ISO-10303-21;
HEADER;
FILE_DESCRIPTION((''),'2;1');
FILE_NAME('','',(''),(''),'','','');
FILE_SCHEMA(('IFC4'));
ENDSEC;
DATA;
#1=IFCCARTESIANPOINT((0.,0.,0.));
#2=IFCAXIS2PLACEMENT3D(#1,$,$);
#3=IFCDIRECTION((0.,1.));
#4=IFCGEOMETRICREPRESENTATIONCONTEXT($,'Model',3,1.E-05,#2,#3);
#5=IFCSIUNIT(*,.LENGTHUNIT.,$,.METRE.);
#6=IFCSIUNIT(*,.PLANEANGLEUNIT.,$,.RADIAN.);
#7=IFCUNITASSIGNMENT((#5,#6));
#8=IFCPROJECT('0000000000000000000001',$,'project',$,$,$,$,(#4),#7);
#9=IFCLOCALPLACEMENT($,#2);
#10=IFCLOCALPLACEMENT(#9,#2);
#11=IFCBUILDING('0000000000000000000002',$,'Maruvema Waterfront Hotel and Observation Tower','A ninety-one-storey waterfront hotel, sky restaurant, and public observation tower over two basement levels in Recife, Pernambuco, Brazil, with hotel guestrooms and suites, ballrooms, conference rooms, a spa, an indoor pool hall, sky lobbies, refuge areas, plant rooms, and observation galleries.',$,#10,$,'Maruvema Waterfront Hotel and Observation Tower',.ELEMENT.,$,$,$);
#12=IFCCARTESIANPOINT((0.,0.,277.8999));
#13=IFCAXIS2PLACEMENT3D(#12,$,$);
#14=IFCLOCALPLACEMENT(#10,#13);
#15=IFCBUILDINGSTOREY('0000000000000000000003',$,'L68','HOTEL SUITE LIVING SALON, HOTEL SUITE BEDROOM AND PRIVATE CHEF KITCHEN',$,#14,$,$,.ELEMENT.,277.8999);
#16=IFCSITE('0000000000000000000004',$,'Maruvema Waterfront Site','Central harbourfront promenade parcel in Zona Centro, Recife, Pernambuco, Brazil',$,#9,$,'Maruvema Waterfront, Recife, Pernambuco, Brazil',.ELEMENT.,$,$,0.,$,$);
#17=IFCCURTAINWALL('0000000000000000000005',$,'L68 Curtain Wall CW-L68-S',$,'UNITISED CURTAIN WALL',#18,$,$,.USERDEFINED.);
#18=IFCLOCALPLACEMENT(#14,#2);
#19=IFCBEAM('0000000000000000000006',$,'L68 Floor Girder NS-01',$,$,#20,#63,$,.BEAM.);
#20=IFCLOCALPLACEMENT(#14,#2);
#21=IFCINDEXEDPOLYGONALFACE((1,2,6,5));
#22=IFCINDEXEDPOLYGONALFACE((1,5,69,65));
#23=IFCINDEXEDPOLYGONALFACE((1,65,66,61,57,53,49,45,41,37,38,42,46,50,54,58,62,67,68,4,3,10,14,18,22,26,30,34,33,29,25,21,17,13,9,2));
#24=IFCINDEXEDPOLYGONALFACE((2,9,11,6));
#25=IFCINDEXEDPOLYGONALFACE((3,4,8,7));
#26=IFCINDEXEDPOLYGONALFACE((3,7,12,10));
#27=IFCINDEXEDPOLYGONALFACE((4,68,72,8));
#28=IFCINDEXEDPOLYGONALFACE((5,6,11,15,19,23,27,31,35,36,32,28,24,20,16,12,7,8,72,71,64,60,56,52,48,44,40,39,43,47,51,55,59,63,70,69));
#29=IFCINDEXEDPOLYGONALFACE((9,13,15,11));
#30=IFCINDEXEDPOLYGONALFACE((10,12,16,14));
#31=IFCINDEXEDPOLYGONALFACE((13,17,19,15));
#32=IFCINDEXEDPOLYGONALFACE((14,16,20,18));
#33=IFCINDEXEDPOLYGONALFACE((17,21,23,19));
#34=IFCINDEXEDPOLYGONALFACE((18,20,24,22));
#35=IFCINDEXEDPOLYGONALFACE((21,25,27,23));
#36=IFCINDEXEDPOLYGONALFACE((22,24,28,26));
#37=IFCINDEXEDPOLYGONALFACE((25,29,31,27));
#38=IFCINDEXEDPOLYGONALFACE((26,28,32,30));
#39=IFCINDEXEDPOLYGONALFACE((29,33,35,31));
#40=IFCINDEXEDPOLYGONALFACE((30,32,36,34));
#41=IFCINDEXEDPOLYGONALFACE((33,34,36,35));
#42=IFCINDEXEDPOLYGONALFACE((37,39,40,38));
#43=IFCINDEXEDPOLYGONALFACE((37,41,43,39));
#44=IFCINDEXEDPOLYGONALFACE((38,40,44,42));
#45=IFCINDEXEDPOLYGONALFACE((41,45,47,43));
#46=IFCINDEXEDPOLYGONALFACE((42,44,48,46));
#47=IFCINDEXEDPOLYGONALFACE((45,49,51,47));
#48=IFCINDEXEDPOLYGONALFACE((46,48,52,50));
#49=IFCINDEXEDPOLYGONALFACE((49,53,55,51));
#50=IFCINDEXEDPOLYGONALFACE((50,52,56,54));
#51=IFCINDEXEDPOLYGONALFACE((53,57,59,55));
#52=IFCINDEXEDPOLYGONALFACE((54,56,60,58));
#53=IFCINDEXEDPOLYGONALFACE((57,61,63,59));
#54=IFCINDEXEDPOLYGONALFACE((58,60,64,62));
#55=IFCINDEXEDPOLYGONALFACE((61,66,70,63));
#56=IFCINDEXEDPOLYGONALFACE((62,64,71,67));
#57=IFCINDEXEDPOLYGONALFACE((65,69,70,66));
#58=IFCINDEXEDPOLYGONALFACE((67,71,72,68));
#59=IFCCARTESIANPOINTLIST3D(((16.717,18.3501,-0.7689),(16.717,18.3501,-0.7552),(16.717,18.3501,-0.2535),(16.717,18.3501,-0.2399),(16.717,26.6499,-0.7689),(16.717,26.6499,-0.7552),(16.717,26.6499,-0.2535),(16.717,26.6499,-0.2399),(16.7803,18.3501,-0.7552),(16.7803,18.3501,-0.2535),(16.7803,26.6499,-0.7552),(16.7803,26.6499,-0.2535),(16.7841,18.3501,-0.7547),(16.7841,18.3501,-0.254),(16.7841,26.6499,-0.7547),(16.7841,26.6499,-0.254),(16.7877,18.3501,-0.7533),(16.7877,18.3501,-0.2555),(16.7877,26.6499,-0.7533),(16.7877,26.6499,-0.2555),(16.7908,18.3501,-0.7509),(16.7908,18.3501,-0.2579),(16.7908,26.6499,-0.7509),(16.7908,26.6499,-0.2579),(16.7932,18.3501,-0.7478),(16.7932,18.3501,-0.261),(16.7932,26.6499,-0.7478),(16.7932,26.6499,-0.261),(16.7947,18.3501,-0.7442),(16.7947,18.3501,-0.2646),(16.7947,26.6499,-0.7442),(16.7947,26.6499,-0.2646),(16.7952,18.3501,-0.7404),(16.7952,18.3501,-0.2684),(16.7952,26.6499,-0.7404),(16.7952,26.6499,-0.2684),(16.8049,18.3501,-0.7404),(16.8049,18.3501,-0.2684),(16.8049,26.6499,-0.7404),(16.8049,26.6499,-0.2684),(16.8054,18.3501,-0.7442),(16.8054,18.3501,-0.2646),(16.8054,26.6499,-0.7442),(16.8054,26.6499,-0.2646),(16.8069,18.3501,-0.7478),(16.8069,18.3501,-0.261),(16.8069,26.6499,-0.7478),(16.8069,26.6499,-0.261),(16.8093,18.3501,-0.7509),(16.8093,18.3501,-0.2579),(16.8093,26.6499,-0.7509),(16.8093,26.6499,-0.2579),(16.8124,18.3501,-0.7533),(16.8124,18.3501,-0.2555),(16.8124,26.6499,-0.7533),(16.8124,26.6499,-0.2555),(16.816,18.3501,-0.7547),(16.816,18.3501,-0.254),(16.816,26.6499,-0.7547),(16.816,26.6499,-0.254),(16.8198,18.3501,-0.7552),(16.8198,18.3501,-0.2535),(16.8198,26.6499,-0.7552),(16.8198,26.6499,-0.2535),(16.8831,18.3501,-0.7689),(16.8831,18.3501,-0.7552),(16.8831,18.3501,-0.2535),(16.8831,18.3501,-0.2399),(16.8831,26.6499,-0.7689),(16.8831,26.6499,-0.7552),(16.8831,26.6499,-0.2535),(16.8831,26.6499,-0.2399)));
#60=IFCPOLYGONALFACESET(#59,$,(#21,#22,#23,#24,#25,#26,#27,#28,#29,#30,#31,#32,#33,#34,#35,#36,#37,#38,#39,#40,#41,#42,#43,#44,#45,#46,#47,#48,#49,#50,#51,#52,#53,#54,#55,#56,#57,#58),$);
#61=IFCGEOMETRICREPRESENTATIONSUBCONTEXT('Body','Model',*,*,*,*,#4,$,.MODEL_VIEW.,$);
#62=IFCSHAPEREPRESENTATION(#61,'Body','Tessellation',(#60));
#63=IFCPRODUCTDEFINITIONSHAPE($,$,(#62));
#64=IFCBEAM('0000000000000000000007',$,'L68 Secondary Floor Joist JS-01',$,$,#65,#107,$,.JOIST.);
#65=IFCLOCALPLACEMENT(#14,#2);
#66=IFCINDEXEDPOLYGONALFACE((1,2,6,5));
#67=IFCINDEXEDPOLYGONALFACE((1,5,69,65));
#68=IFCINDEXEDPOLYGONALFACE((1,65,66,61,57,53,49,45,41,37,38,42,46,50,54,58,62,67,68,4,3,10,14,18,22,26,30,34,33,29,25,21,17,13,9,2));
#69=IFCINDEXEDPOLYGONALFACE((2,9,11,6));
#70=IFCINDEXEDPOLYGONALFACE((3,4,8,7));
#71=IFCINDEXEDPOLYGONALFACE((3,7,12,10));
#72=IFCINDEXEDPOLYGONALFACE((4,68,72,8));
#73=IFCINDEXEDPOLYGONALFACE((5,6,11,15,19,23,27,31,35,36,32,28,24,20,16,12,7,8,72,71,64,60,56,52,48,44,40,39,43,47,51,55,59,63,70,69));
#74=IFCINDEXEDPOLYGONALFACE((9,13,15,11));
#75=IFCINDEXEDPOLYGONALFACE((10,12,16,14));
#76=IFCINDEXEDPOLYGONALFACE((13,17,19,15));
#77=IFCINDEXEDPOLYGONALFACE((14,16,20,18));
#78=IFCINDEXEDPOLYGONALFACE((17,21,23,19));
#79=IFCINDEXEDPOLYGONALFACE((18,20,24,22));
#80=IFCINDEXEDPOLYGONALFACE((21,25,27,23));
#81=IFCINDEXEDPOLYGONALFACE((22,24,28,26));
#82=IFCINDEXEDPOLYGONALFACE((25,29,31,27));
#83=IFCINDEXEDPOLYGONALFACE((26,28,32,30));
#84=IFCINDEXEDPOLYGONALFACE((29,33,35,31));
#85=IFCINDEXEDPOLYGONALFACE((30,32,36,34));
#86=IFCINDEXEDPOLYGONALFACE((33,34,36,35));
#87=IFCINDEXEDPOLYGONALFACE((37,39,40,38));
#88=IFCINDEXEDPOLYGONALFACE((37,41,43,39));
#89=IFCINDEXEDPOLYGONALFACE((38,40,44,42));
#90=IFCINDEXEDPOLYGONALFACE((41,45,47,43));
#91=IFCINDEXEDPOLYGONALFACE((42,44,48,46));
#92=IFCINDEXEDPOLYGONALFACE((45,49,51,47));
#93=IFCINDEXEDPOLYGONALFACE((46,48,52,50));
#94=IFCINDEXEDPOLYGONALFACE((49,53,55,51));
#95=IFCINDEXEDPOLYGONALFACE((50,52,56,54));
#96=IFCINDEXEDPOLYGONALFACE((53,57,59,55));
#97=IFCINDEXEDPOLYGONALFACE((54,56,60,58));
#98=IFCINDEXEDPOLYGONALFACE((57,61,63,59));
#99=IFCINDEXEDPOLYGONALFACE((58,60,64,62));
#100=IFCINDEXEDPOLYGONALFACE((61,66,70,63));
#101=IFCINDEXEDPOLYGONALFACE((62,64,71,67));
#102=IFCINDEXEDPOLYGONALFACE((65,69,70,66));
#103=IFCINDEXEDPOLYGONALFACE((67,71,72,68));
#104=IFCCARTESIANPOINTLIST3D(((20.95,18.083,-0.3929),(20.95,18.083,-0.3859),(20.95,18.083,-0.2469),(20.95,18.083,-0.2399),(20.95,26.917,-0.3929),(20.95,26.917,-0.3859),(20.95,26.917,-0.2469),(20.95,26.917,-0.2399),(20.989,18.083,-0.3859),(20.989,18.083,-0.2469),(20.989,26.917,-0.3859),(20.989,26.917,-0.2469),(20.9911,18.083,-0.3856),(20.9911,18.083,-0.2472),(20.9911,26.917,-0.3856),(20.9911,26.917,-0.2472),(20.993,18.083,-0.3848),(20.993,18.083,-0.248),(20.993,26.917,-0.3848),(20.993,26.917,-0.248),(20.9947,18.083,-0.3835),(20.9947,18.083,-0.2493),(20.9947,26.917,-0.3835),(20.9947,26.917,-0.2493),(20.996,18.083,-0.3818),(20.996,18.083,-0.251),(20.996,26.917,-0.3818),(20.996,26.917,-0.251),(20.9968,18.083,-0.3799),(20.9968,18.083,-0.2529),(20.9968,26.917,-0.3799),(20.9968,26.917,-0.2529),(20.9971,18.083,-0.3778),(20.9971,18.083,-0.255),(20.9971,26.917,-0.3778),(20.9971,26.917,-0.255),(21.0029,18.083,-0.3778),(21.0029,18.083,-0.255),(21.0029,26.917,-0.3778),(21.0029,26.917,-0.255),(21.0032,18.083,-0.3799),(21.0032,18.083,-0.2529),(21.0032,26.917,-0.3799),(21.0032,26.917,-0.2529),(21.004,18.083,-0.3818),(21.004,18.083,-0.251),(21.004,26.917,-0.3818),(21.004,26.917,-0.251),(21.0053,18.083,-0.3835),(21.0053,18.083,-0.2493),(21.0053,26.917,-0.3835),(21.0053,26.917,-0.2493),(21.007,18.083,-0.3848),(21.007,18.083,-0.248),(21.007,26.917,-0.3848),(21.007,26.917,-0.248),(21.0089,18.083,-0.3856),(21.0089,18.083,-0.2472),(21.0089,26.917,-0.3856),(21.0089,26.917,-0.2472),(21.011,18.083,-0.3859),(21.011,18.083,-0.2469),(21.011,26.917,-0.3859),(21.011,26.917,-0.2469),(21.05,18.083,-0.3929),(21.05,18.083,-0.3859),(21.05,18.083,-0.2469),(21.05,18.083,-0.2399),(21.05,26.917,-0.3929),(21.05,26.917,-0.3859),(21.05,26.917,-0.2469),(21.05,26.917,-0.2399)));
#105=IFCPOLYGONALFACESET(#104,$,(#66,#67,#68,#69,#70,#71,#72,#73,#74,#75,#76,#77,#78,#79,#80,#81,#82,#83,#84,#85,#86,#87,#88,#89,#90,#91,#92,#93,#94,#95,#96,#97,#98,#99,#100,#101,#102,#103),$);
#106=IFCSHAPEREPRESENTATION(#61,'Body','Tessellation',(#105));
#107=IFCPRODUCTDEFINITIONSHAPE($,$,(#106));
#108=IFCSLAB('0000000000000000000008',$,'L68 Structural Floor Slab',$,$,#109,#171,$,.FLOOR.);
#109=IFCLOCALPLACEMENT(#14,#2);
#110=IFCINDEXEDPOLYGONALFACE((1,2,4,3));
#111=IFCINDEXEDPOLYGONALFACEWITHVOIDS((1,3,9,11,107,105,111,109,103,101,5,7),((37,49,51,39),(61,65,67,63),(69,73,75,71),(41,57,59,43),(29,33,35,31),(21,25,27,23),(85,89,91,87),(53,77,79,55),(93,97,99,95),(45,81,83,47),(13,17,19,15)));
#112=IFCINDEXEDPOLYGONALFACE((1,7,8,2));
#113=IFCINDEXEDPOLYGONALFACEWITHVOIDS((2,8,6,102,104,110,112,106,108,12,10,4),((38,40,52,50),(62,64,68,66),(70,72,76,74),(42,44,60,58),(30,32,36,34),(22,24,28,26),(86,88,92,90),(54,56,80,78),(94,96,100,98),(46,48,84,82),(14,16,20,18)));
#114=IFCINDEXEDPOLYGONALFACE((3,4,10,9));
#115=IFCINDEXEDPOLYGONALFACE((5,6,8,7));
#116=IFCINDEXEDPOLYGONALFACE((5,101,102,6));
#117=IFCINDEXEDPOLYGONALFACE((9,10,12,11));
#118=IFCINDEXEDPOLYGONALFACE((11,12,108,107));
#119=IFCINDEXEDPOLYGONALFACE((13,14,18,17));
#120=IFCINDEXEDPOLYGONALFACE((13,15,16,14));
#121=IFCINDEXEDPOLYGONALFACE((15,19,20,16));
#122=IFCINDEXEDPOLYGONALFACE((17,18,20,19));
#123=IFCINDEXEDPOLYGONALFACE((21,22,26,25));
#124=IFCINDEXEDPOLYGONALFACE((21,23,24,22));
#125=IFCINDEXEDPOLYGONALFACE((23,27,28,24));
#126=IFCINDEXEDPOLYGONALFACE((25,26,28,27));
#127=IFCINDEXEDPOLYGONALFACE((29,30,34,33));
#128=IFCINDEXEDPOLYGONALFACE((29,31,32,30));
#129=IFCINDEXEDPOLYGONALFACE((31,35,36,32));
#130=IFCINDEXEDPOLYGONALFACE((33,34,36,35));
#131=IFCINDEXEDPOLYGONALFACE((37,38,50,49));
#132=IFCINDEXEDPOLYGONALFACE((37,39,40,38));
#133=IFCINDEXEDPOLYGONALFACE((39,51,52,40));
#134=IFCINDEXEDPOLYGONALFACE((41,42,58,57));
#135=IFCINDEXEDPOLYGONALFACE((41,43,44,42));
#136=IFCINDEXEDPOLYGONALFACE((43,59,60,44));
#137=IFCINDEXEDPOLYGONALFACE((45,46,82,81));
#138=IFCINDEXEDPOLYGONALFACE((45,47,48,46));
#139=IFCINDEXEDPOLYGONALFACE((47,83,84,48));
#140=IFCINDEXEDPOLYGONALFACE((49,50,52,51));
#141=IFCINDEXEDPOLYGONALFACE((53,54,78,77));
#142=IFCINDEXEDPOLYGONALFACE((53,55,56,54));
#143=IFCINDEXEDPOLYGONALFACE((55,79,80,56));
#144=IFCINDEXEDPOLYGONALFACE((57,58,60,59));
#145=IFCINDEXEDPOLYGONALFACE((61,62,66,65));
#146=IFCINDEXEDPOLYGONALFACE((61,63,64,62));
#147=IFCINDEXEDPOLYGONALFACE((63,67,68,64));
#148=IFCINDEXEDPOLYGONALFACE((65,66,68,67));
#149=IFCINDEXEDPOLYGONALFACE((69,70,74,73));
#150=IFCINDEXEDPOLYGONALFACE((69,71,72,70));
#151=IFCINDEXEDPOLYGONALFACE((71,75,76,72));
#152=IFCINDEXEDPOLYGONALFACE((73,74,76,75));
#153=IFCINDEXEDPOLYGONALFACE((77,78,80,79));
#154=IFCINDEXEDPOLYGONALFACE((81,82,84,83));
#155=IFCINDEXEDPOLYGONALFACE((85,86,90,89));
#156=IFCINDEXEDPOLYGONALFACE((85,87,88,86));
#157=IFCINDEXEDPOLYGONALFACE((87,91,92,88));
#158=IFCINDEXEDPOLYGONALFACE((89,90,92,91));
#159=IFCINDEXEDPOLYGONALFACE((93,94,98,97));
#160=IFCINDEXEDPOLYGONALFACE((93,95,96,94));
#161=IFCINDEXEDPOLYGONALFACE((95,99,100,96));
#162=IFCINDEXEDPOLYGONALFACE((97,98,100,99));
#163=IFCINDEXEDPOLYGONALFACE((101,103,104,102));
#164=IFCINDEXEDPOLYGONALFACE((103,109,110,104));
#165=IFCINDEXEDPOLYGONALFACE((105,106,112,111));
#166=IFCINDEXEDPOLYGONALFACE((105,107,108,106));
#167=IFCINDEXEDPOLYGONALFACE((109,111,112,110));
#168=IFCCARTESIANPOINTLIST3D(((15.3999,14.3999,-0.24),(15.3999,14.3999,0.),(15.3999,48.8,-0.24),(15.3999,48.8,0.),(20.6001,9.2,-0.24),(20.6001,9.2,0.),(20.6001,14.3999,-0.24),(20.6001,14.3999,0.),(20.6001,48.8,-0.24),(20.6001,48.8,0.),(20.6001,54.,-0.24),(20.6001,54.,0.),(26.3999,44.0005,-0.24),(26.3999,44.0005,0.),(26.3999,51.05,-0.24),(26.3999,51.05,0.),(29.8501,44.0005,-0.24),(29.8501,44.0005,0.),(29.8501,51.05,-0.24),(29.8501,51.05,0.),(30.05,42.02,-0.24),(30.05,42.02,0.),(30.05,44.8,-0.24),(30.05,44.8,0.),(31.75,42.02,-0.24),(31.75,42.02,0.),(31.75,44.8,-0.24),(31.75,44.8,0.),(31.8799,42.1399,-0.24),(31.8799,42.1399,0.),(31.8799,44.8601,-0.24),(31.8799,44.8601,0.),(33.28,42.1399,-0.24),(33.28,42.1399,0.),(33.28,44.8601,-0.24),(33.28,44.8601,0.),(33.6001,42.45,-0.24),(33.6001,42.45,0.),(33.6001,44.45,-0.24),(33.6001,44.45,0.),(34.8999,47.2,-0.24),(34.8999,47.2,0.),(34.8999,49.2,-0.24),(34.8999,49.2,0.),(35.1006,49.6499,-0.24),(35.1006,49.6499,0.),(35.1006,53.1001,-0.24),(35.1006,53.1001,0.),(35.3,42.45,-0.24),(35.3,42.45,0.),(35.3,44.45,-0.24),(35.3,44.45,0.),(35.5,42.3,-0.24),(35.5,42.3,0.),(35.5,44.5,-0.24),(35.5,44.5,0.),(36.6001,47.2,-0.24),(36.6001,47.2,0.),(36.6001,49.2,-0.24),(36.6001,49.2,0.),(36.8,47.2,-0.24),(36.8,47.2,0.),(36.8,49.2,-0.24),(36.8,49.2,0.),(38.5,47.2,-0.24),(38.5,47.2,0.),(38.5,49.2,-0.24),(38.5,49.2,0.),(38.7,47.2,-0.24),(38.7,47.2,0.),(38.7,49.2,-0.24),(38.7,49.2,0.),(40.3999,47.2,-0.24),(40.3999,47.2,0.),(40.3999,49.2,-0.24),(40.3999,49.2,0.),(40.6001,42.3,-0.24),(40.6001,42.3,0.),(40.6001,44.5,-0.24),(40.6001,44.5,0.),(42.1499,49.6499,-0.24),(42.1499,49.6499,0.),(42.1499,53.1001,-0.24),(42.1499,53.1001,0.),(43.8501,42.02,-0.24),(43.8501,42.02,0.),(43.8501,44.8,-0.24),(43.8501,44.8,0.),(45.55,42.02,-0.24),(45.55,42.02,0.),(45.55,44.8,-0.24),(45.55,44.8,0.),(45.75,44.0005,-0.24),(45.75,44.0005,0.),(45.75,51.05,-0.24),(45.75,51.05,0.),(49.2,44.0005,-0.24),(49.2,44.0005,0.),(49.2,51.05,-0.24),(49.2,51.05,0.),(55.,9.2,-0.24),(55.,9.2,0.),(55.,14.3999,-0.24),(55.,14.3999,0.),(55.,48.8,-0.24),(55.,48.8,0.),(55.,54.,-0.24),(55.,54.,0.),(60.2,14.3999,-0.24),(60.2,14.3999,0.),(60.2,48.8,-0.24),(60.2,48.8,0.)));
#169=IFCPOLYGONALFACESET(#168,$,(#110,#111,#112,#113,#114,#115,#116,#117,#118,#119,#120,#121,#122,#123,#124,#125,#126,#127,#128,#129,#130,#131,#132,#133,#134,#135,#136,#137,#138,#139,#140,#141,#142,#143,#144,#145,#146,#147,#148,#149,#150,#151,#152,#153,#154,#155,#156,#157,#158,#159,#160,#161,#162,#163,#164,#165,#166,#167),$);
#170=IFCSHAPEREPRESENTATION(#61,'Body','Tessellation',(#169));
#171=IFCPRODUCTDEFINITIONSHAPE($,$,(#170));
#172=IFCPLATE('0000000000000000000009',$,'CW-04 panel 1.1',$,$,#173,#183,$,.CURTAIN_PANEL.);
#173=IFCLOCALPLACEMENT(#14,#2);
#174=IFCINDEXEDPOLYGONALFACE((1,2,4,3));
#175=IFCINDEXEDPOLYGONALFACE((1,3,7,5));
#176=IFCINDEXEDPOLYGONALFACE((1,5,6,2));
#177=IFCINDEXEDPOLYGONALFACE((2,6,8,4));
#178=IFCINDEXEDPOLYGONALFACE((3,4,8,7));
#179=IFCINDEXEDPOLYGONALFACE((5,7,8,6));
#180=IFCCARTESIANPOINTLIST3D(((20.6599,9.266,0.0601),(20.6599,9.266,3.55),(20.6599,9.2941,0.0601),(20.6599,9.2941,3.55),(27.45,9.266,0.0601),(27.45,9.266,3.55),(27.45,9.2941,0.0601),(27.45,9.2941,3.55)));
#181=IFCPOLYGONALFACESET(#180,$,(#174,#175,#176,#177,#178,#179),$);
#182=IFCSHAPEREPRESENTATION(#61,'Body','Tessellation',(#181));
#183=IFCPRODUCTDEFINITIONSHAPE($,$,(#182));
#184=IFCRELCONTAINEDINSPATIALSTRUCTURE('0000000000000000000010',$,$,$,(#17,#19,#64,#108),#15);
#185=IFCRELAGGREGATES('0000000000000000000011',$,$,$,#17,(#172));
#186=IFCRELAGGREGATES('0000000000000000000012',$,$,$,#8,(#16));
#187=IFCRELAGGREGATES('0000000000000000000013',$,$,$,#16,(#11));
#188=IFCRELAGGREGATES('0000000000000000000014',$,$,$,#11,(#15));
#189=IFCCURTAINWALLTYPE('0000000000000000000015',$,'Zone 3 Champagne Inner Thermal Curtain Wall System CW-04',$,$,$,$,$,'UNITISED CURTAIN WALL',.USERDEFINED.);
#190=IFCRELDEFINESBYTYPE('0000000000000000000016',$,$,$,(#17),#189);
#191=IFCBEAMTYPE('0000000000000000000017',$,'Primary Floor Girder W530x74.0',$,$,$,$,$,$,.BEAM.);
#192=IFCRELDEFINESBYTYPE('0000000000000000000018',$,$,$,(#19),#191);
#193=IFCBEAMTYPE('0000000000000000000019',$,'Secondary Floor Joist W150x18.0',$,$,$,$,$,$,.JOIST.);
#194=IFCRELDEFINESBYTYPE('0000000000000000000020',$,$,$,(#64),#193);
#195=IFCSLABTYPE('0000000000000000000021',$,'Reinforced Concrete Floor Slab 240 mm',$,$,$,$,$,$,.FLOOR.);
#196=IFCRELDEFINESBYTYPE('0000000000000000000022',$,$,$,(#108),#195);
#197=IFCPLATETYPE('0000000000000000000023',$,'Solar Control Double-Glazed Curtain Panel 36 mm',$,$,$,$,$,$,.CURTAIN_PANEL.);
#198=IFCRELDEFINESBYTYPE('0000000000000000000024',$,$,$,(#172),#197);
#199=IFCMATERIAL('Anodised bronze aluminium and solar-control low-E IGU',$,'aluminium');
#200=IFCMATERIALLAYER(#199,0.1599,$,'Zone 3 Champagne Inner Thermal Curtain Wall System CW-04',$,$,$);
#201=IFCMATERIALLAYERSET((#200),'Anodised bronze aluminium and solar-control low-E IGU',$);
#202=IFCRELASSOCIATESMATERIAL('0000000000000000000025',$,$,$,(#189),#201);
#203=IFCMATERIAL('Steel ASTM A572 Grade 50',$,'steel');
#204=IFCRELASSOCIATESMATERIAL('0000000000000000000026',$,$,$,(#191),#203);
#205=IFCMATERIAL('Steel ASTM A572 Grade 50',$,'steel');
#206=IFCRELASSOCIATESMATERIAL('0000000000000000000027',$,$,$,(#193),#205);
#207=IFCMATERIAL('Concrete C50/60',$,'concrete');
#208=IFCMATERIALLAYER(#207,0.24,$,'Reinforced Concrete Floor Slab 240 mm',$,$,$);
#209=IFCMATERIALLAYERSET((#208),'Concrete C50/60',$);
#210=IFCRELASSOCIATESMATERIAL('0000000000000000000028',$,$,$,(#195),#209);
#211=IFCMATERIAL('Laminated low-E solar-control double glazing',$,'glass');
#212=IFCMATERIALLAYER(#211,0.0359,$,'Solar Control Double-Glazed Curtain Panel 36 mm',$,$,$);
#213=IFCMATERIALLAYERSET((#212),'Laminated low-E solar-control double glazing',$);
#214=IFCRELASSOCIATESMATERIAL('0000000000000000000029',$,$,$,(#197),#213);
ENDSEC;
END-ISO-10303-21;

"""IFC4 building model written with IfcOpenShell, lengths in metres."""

from ifc_helpers import new_model, si_unit, direction, frame, origin, origin_2d, place, context, subcontext, project, spatial, polyline, rectangle, i_section, outline, extrude, material, layer, layer_set, material_profile, profile_set, type_object, element, aggregate, save


model = new_model("IFC4")

# Units and contexts
model_context = context("Model", 3, precision=1e-05, world=origin(), true_north=direction((0.0, 1.0)))
body_context = subcontext(model_context, "Body", "Model", "MODEL_VIEW")
ifc_project = project(units=[si_unit("LENGTHUNIT", "METRE"), si_unit("PLANEANGLEUNIT", "RADIAN")], contexts=[model_context])

# Site, building, storey
site_placement = place(None, origin())
site = spatial("IfcSite", under=ifc_project, at=site_placement, Name="Maruvema Waterfront Site", Description="Central harbourfront promenade parcel in Zona Centro, Recife, Pernambuco, Brazil", LongName="Maruvema Waterfront, Recife, Pernambuco, Brazil", CompositionType="ELEMENT", RefElevation=0.0)
building_placement = place(site_placement, origin())
building = spatial("IfcBuilding", under=site, at=building_placement, Name="Maruvema Waterfront Hotel and Observation Tower", Description="A ninety-one-storey waterfront hotel, sky restaurant, and public observation tower over two basement levels in Recife, Pernambuco, Brazil, with hotel guestrooms and suites, ballrooms, conference rooms, a spa, an indoor pool hall, sky lobbies, refuge areas, plant rooms, and observation galleries.", LongName="Maruvema Waterfront Hotel and Observation Tower", CompositionType="ELEMENT")
storey_placement = place(building_placement, frame((0.0, 0.0, 277.8999)))
storey = spatial("IfcBuildingStorey", under=building, at=storey_placement, Name="L68", Description="HOTEL SUITE LIVING SALON, HOTEL SUITE BEDROOM AND PRIVATE CHEF KITCHEN", CompositionType="ELEMENT", Elevation=277.8999)

# Curtain wall
ifc_material_1 = material(Name="Anodised bronze aluminium and solar-control low-E IGU", Category="aluminium")
ifc_layer_1 = layer(ifc_material_1, 0.1599, Name="Zone 3 Champagne Inner Thermal Curtain Wall System CW-04")
ifc_layer_set_1 = layer_set([ifc_layer_1], Name="Anodised bronze aluminium and solar-control low-E IGU")
curtain_wall_type = type_object("IfcCurtainWallType", Name="Zone 3 Champagne Inner Thermal Curtain Wall System CW-04", ElementType="UNITISED CURTAIN WALL", PredefinedType="USERDEFINED", material=ifc_layer_set_1)
curtain_wall_1_placement = place(storey_placement, origin())
curtain_wall_1 = element("IfcCurtainWall", 1, at=curtain_wall_1_placement, inside=storey, type_object=curtain_wall_type, Name="L68 Curtain Wall CW-L68-S", ObjectType="UNITISED CURTAIN WALL", PredefinedType="USERDEFINED")

# Beams
ifc_material_2 = material(Name="Steel ASTM A572 Grade 50", Category="steel")
ifc_material_profile_1 = material_profile(ifc_material_2, i_section(OverallWidth=0.166, OverallDepth=0.5291, WebThickness=0.0098, FlangeThickness=0.0137, FilletRadius=0.0149, at=origin_2d()), Name="W530x74.0")
ifc_profile_set_1 = profile_set([ifc_material_profile_1], Name="Steel ASTM A572 Grade 50")
beam_type_1 = type_object("IfcBeamType", Name="Primary Floor Girder W530x74.0", PredefinedType="BEAM", material=ifc_profile_set_1)
beam_1_placement = place(storey_placement, frame((16.8, 18.3501, -0.5044), z_axis=(0.0, 1.0, 0.0), x_axis=(-1.0, 0.0, 0.0)))
element("IfcBeam", 2, at=beam_1_placement, inside=storey, type_object=beam_type_1, Name="L68 Floor Girder NS-01", PredefinedType="BEAM", context=body_context, shape_type="SweptSolid", body=[
    extrude(i_section(OverallWidth=0.166, OverallDepth=0.5291, WebThickness=0.0098, FlangeThickness=0.0137, FilletRadius=0.0149, at=origin_2d()), origin(), (0.0, 0.0, 1.0), 8.2998),
])
ifc_material_3 = material(Name="Steel ASTM A572 Grade 50", Category="steel")
ifc_material_profile_2 = material_profile(ifc_material_3, i_section(OverallWidth=0.1001, OverallDepth=0.1531, WebThickness=0.0059, FlangeThickness=0.0071, FilletRadius=0.0081, at=origin_2d()), Name="W150x18.0")
ifc_profile_set_2 = profile_set([ifc_material_profile_2], Name="Steel ASTM A572 Grade 50")
beam_type_2 = type_object("IfcBeamType", Name="Secondary Floor Joist W150x18.0", PredefinedType="JOIST", material=ifc_profile_set_2)
beam_2_placement = place(storey_placement, frame((21.0, 18.083, -0.3164), z_axis=(0.0, 1.0, 0.0), x_axis=(-1.0, 0.0, 0.0)))
element("IfcBeam", 3, at=beam_2_placement, inside=storey, type_object=beam_type_2, Name="L68 Secondary Floor Joist JS-01", PredefinedType="JOIST", context=body_context, shape_type="SweptSolid", body=[
    extrude(i_section(OverallWidth=0.1001, OverallDepth=0.1531, WebThickness=0.0059, FlangeThickness=0.0071, FilletRadius=0.0081, at=origin_2d()), origin(), (0.0, 0.0, 1.0), 8.834),
])

# Slab
ifc_material_4 = material(Name="Concrete C50/60", Category="concrete")
ifc_layer_2 = layer(ifc_material_4, 0.24, Name="Reinforced Concrete Floor Slab 240 mm")
ifc_layer_set_2 = layer_set([ifc_layer_2], Name="Concrete C50/60")
slab_type_1 = type_object("IfcSlabType", Name="Reinforced Concrete Floor Slab 240 mm", PredefinedType="FLOOR", material=ifc_layer_set_2)
slab_1_placement = place(storey_placement, frame((0.0, 0.0, -0.24)))
element("IfcSlab", 4, at=slab_1_placement, inside=storey, type_object=slab_type_1, Name="L68 Structural Floor Slab", PredefinedType="FLOOR", context=body_context, shape_type="SweptSolid", body=[
    extrude(outline(polyline([(20.6001, 9.2), (55.0, 9.2), (55.0, 14.3999), (60.2, 14.3999), (60.2, 48.8), (55.0, 48.8), (55.0, 54.0), (20.6001, 54.0), (20.6001, 48.8), (15.3999, 48.8), (15.3999, 14.3999), (20.6001, 14.3999), (20.6001, 9.2)]), holes=[polyline([(26.3999, 44.0005), (26.3999, 51.05), (29.8501, 51.05), (29.8501, 44.0005), (26.3999, 44.0005)]), polyline([(30.05, 44.8), (31.75, 44.8), (31.75, 42.02), (30.05, 42.02), (30.05, 44.8)]), polyline([(31.8799, 42.1399), (31.8799, 44.8601), (33.28, 44.8601), (33.28, 42.1399), (31.8799, 42.1399)]), polyline([(33.6001, 44.45), (35.3, 44.45), (35.3, 42.45), (33.6001, 42.45), (33.6001, 44.45)]), polyline([(34.8999, 49.2), (36.6001, 49.2), (36.6001, 47.2), (34.8999, 47.2), (34.8999, 49.2)]), polyline([(36.8, 47.2), (36.8, 49.2), (38.5, 49.2), (38.5, 47.2), (36.8, 47.2)]), polyline([(35.5, 42.3), (35.5, 44.5), (40.6001, 44.5), (40.6001, 42.3), (35.5, 42.3)]), polyline([(35.1006, 53.1001), (42.1499, 53.1001), (42.1499, 49.6499), (35.1006, 49.6499), (35.1006, 53.1001)]), polyline([(38.7, 49.2), (40.3999, 49.2), (40.3999, 47.2), (38.7, 47.2), (38.7, 49.2)]), polyline([(43.8501, 44.8), (45.55, 44.8), (45.55, 42.02), (43.8501, 42.02), (43.8501, 44.8)]), polyline([(45.75, 44.0005), (45.75, 51.05), (49.2, 51.05), (49.2, 44.0005), (45.75, 44.0005)])]), origin(), (0.0, 0.0, 1.0), 0.24),
])

# Plate
ifc_material_5 = material(Name="Laminated low-E solar-control double glazing", Category="glass")
ifc_layer_3 = layer(ifc_material_5, 0.0359, Name="Solar Control Double-Glazed Curtain Panel 36 mm")
ifc_layer_set_3 = layer_set([ifc_layer_3], Name="Laminated low-E solar-control double glazing")
plate_type = type_object("IfcPlateType", Name="Solar Control Double-Glazed Curtain Panel 36 mm", PredefinedType="CURTAIN_PANEL", material=ifc_layer_set_3)
plate_1_placement = place(storey_placement, frame((24.0549, 9.28, 0.0601), z_axis=(0.0, 0.0, 1.0), x_axis=(1.0, 0.0, 0.0)))
plate_1 = element("IfcPlate", 5, at=plate_1_placement, type_object=plate_type, Name="CW-04 panel 1.1", PredefinedType="CURTAIN_PANEL", context=body_context, shape_type="SweptSolid", body=[
    extrude(rectangle(XDim=6.79, YDim=0.0281, at=origin_2d()), origin(), (0.0, 0.0, 1.0), 3.49),
])
aggregate(curtain_wall_1, [plate_1])

save(model, "model.ifc")
